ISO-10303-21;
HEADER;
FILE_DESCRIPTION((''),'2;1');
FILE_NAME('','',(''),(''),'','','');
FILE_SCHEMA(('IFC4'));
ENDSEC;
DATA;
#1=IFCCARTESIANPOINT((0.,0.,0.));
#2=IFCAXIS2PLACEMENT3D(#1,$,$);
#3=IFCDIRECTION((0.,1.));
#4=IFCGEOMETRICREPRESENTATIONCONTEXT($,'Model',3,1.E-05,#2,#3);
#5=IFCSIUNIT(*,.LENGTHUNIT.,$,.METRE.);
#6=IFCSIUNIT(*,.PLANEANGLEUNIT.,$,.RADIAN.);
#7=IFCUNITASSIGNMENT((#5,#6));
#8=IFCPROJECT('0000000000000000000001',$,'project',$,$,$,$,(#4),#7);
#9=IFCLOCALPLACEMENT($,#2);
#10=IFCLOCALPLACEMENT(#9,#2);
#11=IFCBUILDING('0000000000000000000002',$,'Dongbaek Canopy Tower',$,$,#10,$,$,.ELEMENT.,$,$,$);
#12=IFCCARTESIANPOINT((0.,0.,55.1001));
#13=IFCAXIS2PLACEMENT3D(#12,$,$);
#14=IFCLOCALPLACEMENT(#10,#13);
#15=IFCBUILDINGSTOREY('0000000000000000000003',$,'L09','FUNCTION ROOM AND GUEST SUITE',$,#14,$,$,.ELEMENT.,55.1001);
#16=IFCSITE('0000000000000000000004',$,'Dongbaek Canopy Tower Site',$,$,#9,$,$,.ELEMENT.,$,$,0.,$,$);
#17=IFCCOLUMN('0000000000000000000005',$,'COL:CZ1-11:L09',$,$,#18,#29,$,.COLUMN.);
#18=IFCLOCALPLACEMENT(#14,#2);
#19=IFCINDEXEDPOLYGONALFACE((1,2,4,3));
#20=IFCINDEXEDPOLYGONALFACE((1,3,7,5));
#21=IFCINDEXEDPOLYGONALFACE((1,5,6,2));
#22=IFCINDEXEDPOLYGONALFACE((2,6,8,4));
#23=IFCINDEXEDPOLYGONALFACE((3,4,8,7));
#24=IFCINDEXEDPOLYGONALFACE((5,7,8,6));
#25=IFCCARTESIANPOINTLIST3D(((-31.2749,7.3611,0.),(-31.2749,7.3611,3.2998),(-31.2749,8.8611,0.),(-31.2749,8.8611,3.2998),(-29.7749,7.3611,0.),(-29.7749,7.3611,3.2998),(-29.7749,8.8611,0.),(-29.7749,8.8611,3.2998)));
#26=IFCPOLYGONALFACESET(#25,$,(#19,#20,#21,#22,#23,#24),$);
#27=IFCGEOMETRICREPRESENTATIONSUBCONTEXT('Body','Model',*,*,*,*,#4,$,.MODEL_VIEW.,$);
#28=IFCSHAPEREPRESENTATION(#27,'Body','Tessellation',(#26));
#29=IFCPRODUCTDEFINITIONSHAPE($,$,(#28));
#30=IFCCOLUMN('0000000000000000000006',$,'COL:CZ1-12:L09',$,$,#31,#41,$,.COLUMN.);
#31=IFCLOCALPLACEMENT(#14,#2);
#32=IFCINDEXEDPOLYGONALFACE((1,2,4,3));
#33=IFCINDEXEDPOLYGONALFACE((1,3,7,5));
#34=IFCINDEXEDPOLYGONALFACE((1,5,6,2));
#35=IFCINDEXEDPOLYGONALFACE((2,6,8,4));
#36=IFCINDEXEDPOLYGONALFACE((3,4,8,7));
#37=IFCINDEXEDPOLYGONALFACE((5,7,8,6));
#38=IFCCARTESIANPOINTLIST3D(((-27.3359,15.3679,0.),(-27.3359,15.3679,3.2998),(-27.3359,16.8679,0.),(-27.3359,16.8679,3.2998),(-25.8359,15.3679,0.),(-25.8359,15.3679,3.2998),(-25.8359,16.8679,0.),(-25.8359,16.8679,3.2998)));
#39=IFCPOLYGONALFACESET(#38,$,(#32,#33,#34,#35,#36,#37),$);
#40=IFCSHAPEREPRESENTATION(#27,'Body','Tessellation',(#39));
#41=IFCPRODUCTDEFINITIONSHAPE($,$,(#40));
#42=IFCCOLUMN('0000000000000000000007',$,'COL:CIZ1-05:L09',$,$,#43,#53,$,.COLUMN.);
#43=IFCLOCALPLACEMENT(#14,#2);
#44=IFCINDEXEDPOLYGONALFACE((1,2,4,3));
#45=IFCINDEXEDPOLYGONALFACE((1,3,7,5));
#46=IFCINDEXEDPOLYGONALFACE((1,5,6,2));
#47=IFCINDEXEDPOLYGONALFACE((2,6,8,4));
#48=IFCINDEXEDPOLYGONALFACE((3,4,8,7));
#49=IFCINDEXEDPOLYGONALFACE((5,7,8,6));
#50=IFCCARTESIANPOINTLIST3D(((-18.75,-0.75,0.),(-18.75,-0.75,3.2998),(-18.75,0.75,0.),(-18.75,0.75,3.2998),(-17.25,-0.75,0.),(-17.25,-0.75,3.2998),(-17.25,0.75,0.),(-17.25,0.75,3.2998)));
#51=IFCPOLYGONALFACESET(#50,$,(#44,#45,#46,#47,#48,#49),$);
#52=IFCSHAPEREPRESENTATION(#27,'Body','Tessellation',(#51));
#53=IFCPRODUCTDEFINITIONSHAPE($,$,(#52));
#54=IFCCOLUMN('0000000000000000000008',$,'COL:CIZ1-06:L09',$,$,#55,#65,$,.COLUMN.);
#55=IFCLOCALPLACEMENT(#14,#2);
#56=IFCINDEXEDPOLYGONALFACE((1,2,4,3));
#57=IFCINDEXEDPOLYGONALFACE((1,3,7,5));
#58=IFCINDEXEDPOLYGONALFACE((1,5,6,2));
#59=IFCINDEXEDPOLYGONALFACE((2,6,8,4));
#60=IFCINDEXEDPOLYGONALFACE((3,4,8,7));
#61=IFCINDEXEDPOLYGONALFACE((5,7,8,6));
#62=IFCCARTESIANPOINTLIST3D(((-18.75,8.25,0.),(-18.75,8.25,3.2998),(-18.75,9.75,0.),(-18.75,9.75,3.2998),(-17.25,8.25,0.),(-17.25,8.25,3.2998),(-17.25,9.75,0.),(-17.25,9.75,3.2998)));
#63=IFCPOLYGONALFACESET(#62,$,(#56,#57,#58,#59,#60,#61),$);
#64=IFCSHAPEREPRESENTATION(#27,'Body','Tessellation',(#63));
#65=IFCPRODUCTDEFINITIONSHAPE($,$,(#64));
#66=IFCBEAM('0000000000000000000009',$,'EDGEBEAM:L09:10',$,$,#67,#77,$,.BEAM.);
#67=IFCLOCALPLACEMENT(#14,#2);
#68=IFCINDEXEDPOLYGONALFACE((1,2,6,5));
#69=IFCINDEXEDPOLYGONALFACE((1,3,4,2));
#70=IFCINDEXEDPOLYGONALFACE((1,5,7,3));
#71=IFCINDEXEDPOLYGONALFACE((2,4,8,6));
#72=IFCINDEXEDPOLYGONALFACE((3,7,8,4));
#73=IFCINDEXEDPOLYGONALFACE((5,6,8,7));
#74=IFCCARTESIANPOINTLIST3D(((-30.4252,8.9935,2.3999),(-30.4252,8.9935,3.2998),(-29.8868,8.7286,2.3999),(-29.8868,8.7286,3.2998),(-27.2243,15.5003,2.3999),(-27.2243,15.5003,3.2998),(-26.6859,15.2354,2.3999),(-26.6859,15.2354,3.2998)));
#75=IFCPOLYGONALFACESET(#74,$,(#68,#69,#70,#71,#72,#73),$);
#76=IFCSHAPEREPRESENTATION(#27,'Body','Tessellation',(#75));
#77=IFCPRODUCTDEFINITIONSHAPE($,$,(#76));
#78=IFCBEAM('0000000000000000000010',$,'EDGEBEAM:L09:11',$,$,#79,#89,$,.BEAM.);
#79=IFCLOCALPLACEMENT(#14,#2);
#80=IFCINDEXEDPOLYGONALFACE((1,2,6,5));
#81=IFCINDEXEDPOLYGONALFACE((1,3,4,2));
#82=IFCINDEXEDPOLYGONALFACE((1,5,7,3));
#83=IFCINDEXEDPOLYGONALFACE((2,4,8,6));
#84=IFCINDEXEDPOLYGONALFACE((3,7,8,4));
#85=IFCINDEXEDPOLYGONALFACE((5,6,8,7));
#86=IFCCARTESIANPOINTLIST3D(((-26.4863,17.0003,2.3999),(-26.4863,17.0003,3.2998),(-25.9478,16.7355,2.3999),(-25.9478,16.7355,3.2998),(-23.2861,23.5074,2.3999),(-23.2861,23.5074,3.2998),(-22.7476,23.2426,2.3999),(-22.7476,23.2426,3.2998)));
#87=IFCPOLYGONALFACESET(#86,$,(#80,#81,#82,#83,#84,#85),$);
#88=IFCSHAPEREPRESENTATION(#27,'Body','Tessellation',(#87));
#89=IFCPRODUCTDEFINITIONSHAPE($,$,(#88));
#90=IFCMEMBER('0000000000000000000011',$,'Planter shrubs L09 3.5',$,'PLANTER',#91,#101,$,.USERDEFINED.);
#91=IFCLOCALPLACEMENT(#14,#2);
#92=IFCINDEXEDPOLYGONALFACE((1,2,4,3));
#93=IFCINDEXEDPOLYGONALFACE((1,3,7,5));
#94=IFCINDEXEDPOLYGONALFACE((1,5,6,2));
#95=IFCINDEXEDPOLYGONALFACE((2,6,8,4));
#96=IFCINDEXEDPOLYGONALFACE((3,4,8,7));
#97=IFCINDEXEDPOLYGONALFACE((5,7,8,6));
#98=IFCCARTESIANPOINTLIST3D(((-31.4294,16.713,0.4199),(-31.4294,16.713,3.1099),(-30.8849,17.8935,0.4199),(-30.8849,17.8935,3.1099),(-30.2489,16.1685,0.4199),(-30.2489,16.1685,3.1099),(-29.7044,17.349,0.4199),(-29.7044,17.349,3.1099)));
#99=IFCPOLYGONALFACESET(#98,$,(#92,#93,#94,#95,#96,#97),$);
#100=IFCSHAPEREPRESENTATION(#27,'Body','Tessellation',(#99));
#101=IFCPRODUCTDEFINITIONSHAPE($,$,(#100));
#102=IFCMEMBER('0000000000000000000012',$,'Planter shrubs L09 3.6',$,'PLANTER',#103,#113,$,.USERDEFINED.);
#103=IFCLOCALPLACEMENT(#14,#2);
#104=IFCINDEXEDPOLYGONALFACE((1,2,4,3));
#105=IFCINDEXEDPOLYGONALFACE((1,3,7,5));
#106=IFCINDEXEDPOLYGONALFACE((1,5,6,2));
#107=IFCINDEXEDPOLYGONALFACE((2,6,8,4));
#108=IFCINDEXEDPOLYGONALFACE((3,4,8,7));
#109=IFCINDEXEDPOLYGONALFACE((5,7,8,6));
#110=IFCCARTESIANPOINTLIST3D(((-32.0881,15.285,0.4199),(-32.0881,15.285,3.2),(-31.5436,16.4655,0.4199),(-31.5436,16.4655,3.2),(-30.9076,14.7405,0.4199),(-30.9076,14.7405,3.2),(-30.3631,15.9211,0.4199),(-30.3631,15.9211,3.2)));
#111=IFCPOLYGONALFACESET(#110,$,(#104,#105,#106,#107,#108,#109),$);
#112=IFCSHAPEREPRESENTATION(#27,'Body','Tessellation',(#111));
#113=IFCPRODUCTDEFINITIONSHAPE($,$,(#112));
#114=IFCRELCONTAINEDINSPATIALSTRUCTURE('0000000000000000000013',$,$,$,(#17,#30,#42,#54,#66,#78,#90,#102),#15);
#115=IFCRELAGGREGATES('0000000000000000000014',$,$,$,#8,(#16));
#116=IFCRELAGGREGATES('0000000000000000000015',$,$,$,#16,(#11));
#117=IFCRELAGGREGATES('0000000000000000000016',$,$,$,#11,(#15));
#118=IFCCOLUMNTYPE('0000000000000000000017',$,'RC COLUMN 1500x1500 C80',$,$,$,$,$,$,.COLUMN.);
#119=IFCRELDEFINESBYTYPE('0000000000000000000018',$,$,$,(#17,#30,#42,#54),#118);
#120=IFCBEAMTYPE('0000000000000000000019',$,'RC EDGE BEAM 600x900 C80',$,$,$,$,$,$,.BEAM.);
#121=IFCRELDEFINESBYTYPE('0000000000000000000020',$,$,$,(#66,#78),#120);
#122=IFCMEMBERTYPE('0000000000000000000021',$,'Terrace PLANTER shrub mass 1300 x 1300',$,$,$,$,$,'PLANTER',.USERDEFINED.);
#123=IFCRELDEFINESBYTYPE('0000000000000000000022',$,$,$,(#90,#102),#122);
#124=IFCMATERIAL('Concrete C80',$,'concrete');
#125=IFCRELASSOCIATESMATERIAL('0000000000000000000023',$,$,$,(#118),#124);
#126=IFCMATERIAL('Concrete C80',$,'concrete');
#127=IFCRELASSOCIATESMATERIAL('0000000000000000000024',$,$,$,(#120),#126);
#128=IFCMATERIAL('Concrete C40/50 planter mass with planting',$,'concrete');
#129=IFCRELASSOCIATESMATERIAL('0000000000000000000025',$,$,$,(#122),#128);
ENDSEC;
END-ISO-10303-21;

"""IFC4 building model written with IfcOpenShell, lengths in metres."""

from ifc_helpers import new_model, si_unit, direction, frame, origin, origin_2d, place, context, subcontext, project, spatial, rectangle, extrude, material, material_profile, profile_set, type_object, element, save


model = new_model("IFC4")

# Units and contexts
model_context = context("Model", 3, precision=1e-05, world=origin(), true_north=direction((0.0, 1.0)))
body_context = subcontext(model_context, "Body", "Model", "MODEL_VIEW")
ifc_project = project(units=[si_unit("LENGTHUNIT", "METRE"), si_unit("PLANEANGLEUNIT", "RADIAN")], contexts=[model_context])

# Site, building, storey
site_placement = place(None, origin())
site = spatial("IfcSite", under=ifc_project, at=site_placement, Name="Dongbaek Canopy Tower Site", CompositionType="ELEMENT", RefElevation=0.0)
building_placement = place(site_placement, origin())
building = spatial("IfcBuilding", under=site, at=building_placement, Name="Dongbaek Canopy Tower", CompositionType="ELEMENT")
storey_placement = place(building_placement, frame((0.0, 0.0, 55.1001)))
storey = spatial("IfcBuildingStorey", under=building, at=storey_placement, Name="L09", Description="FUNCTION ROOM AND GUEST SUITE", CompositionType="ELEMENT", Elevation=55.1001)

# Columns
ifc_material_1 = material(Name="Concrete C80", Category="concrete")
ifc_material_profile_1 = material_profile(ifc_material_1, rectangle(XDim=1.5, YDim=1.5, at=origin_2d()), Name="RC COLUMN 1500x1500 C80")
ifc_profile_set_1 = profile_set([ifc_material_profile_1], Name="Concrete C80")
column_type = type_object("IfcColumnType", Name="RC COLUMN 1500x1500 C80", PredefinedType="COLUMN", material=ifc_profile_set_1)
for number, where, z_axis, x_axis, name in (
    (1, (-30.5249, 8.1111, 0.0), (0.0, 0.0, 1.0), (1.0, 0.0, 0.0), "COL:CZ1-11:L09"),
    (2, (-26.5859, 16.1179, 0.0), (0.0, 0.0, 1.0), (1.0, 0.0, 0.0), "COL:CZ1-12:L09"),
    (3, (-18.0, 0.0, 0.0), (0.0, 0.0, 1.0), (1.0, 0.0, 0.0), "COL:CIZ1-05:L09"),
    (4, (-18.0, 9.0, 0.0), (0.0, 0.0, 1.0), (1.0, 0.0, 0.0), "COL:CIZ1-06:L09"),
):
    element("IfcColumn", number, at=place(storey_placement, frame(where, z_axis=z_axis, x_axis=x_axis)), inside=storey, type_object=column_type, Name=name, PredefinedType="COLUMN", context=body_context, shape_type="SweptSolid", body=[
        extrude(rectangle(XDim=1.5, YDim=1.5, at=origin_2d()), origin(), (0.0, 0.0, 1.0), 3.2998),
    ])

# Beams
ifc_material_2 = material(Name="Concrete C80", Category="concrete")
ifc_material_profile_2 = material_profile(ifc_material_2, rectangle(XDim=0.6001, YDim=0.8999, at=origin_2d()), Name="RC EDGE BEAM 600x900 C80")
ifc_profile_set_2 = profile_set([ifc_material_profile_2], Name="Concrete C80")
beam_type = type_object("IfcBeamType", Name="RC EDGE BEAM 600x900 C80", PredefinedType="BEAM", material=ifc_profile_set_2)
for number, where, z_axis, x_axis, name in (
    (5, (-30.156, 8.8611, 2.8499), (0.441413, 0.897304, 0.0), (-0.897304, 0.441413, 0.0), "EDGEBEAM:L09:10"),
    (6, (-26.217, 16.8679, 2.8499), (0.441319, 0.89735, 0.0), (-0.89735, 0.441319, 0.0), "EDGEBEAM:L09:11"),
):
    element("IfcBeam", number, at=place(storey_placement, frame(where, z_axis=z_axis, x_axis=x_axis)), inside=storey, type_object=beam_type, Name=name, PredefinedType="BEAM", context=body_context, shape_type="SweptSolid", body=[
        extrude(rectangle(XDim=0.6001, YDim=0.8999, at=origin_2d()), origin(), (0.0, 0.0, 1.0), 7.2515),
    ])

# Members
ifc_material_3 = material(Name="Concrete C40/50 planter mass with planting", Category="concrete")
ifc_material_profile_3 = material_profile(ifc_material_3, rectangle(XDim=1.3, YDim=1.3, at=origin_2d()), Name="Terrace PLANTER shrub mass 1300 x 1300")
ifc_profile_set_3 = profile_set([ifc_material_profile_3], Name="Concrete C40/50 planter mass with planting")
member_type = type_object("IfcMemberType", Name="Terrace PLANTER shrub mass 1300 x 1300", ElementType="PLANTER", PredefinedType="USERDEFINED", material=ifc_profile_set_3)
member_1_placement = place(storey_placement, frame((-30.5669, 17.031, 0.4199), z_axis=(0.0, 0.0, 1.0), x_axis=(-0.908073, 0.418811, 0.0)))
element("IfcMember", 7, at=member_1_placement, inside=storey, type_object=member_type, Name="Planter shrubs L09 3.5", ObjectType="PLANTER", PredefinedType="USERDEFINED", context=body_context, shape_type="SweptSolid", body=[
    extrude(rectangle(XDim=1.3, YDim=1.3, at=origin_2d()), origin(), (0.0, 0.0, 1.0), 2.6899),
])
member_2_placement = place(storey_placement, frame((-31.2256, 15.603, 0.4199), z_axis=(0.0, 0.0, 1.0), x_axis=(-0.908073, 0.418811, 0.0)))
element("IfcMember", 8, at=member_2_placement, inside=storey, type_object=member_type, Name="Planter shrubs L09 3.6", ObjectType="PLANTER", PredefinedType="USERDEFINED", context=body_context, shape_type="SweptSolid", body=[
    extrude(rectangle(XDim=1.3, YDim=1.3, at=origin_2d()), origin(), (0.0, 0.0, 1.0), 2.78),
])

save(model, "model.ifc")
